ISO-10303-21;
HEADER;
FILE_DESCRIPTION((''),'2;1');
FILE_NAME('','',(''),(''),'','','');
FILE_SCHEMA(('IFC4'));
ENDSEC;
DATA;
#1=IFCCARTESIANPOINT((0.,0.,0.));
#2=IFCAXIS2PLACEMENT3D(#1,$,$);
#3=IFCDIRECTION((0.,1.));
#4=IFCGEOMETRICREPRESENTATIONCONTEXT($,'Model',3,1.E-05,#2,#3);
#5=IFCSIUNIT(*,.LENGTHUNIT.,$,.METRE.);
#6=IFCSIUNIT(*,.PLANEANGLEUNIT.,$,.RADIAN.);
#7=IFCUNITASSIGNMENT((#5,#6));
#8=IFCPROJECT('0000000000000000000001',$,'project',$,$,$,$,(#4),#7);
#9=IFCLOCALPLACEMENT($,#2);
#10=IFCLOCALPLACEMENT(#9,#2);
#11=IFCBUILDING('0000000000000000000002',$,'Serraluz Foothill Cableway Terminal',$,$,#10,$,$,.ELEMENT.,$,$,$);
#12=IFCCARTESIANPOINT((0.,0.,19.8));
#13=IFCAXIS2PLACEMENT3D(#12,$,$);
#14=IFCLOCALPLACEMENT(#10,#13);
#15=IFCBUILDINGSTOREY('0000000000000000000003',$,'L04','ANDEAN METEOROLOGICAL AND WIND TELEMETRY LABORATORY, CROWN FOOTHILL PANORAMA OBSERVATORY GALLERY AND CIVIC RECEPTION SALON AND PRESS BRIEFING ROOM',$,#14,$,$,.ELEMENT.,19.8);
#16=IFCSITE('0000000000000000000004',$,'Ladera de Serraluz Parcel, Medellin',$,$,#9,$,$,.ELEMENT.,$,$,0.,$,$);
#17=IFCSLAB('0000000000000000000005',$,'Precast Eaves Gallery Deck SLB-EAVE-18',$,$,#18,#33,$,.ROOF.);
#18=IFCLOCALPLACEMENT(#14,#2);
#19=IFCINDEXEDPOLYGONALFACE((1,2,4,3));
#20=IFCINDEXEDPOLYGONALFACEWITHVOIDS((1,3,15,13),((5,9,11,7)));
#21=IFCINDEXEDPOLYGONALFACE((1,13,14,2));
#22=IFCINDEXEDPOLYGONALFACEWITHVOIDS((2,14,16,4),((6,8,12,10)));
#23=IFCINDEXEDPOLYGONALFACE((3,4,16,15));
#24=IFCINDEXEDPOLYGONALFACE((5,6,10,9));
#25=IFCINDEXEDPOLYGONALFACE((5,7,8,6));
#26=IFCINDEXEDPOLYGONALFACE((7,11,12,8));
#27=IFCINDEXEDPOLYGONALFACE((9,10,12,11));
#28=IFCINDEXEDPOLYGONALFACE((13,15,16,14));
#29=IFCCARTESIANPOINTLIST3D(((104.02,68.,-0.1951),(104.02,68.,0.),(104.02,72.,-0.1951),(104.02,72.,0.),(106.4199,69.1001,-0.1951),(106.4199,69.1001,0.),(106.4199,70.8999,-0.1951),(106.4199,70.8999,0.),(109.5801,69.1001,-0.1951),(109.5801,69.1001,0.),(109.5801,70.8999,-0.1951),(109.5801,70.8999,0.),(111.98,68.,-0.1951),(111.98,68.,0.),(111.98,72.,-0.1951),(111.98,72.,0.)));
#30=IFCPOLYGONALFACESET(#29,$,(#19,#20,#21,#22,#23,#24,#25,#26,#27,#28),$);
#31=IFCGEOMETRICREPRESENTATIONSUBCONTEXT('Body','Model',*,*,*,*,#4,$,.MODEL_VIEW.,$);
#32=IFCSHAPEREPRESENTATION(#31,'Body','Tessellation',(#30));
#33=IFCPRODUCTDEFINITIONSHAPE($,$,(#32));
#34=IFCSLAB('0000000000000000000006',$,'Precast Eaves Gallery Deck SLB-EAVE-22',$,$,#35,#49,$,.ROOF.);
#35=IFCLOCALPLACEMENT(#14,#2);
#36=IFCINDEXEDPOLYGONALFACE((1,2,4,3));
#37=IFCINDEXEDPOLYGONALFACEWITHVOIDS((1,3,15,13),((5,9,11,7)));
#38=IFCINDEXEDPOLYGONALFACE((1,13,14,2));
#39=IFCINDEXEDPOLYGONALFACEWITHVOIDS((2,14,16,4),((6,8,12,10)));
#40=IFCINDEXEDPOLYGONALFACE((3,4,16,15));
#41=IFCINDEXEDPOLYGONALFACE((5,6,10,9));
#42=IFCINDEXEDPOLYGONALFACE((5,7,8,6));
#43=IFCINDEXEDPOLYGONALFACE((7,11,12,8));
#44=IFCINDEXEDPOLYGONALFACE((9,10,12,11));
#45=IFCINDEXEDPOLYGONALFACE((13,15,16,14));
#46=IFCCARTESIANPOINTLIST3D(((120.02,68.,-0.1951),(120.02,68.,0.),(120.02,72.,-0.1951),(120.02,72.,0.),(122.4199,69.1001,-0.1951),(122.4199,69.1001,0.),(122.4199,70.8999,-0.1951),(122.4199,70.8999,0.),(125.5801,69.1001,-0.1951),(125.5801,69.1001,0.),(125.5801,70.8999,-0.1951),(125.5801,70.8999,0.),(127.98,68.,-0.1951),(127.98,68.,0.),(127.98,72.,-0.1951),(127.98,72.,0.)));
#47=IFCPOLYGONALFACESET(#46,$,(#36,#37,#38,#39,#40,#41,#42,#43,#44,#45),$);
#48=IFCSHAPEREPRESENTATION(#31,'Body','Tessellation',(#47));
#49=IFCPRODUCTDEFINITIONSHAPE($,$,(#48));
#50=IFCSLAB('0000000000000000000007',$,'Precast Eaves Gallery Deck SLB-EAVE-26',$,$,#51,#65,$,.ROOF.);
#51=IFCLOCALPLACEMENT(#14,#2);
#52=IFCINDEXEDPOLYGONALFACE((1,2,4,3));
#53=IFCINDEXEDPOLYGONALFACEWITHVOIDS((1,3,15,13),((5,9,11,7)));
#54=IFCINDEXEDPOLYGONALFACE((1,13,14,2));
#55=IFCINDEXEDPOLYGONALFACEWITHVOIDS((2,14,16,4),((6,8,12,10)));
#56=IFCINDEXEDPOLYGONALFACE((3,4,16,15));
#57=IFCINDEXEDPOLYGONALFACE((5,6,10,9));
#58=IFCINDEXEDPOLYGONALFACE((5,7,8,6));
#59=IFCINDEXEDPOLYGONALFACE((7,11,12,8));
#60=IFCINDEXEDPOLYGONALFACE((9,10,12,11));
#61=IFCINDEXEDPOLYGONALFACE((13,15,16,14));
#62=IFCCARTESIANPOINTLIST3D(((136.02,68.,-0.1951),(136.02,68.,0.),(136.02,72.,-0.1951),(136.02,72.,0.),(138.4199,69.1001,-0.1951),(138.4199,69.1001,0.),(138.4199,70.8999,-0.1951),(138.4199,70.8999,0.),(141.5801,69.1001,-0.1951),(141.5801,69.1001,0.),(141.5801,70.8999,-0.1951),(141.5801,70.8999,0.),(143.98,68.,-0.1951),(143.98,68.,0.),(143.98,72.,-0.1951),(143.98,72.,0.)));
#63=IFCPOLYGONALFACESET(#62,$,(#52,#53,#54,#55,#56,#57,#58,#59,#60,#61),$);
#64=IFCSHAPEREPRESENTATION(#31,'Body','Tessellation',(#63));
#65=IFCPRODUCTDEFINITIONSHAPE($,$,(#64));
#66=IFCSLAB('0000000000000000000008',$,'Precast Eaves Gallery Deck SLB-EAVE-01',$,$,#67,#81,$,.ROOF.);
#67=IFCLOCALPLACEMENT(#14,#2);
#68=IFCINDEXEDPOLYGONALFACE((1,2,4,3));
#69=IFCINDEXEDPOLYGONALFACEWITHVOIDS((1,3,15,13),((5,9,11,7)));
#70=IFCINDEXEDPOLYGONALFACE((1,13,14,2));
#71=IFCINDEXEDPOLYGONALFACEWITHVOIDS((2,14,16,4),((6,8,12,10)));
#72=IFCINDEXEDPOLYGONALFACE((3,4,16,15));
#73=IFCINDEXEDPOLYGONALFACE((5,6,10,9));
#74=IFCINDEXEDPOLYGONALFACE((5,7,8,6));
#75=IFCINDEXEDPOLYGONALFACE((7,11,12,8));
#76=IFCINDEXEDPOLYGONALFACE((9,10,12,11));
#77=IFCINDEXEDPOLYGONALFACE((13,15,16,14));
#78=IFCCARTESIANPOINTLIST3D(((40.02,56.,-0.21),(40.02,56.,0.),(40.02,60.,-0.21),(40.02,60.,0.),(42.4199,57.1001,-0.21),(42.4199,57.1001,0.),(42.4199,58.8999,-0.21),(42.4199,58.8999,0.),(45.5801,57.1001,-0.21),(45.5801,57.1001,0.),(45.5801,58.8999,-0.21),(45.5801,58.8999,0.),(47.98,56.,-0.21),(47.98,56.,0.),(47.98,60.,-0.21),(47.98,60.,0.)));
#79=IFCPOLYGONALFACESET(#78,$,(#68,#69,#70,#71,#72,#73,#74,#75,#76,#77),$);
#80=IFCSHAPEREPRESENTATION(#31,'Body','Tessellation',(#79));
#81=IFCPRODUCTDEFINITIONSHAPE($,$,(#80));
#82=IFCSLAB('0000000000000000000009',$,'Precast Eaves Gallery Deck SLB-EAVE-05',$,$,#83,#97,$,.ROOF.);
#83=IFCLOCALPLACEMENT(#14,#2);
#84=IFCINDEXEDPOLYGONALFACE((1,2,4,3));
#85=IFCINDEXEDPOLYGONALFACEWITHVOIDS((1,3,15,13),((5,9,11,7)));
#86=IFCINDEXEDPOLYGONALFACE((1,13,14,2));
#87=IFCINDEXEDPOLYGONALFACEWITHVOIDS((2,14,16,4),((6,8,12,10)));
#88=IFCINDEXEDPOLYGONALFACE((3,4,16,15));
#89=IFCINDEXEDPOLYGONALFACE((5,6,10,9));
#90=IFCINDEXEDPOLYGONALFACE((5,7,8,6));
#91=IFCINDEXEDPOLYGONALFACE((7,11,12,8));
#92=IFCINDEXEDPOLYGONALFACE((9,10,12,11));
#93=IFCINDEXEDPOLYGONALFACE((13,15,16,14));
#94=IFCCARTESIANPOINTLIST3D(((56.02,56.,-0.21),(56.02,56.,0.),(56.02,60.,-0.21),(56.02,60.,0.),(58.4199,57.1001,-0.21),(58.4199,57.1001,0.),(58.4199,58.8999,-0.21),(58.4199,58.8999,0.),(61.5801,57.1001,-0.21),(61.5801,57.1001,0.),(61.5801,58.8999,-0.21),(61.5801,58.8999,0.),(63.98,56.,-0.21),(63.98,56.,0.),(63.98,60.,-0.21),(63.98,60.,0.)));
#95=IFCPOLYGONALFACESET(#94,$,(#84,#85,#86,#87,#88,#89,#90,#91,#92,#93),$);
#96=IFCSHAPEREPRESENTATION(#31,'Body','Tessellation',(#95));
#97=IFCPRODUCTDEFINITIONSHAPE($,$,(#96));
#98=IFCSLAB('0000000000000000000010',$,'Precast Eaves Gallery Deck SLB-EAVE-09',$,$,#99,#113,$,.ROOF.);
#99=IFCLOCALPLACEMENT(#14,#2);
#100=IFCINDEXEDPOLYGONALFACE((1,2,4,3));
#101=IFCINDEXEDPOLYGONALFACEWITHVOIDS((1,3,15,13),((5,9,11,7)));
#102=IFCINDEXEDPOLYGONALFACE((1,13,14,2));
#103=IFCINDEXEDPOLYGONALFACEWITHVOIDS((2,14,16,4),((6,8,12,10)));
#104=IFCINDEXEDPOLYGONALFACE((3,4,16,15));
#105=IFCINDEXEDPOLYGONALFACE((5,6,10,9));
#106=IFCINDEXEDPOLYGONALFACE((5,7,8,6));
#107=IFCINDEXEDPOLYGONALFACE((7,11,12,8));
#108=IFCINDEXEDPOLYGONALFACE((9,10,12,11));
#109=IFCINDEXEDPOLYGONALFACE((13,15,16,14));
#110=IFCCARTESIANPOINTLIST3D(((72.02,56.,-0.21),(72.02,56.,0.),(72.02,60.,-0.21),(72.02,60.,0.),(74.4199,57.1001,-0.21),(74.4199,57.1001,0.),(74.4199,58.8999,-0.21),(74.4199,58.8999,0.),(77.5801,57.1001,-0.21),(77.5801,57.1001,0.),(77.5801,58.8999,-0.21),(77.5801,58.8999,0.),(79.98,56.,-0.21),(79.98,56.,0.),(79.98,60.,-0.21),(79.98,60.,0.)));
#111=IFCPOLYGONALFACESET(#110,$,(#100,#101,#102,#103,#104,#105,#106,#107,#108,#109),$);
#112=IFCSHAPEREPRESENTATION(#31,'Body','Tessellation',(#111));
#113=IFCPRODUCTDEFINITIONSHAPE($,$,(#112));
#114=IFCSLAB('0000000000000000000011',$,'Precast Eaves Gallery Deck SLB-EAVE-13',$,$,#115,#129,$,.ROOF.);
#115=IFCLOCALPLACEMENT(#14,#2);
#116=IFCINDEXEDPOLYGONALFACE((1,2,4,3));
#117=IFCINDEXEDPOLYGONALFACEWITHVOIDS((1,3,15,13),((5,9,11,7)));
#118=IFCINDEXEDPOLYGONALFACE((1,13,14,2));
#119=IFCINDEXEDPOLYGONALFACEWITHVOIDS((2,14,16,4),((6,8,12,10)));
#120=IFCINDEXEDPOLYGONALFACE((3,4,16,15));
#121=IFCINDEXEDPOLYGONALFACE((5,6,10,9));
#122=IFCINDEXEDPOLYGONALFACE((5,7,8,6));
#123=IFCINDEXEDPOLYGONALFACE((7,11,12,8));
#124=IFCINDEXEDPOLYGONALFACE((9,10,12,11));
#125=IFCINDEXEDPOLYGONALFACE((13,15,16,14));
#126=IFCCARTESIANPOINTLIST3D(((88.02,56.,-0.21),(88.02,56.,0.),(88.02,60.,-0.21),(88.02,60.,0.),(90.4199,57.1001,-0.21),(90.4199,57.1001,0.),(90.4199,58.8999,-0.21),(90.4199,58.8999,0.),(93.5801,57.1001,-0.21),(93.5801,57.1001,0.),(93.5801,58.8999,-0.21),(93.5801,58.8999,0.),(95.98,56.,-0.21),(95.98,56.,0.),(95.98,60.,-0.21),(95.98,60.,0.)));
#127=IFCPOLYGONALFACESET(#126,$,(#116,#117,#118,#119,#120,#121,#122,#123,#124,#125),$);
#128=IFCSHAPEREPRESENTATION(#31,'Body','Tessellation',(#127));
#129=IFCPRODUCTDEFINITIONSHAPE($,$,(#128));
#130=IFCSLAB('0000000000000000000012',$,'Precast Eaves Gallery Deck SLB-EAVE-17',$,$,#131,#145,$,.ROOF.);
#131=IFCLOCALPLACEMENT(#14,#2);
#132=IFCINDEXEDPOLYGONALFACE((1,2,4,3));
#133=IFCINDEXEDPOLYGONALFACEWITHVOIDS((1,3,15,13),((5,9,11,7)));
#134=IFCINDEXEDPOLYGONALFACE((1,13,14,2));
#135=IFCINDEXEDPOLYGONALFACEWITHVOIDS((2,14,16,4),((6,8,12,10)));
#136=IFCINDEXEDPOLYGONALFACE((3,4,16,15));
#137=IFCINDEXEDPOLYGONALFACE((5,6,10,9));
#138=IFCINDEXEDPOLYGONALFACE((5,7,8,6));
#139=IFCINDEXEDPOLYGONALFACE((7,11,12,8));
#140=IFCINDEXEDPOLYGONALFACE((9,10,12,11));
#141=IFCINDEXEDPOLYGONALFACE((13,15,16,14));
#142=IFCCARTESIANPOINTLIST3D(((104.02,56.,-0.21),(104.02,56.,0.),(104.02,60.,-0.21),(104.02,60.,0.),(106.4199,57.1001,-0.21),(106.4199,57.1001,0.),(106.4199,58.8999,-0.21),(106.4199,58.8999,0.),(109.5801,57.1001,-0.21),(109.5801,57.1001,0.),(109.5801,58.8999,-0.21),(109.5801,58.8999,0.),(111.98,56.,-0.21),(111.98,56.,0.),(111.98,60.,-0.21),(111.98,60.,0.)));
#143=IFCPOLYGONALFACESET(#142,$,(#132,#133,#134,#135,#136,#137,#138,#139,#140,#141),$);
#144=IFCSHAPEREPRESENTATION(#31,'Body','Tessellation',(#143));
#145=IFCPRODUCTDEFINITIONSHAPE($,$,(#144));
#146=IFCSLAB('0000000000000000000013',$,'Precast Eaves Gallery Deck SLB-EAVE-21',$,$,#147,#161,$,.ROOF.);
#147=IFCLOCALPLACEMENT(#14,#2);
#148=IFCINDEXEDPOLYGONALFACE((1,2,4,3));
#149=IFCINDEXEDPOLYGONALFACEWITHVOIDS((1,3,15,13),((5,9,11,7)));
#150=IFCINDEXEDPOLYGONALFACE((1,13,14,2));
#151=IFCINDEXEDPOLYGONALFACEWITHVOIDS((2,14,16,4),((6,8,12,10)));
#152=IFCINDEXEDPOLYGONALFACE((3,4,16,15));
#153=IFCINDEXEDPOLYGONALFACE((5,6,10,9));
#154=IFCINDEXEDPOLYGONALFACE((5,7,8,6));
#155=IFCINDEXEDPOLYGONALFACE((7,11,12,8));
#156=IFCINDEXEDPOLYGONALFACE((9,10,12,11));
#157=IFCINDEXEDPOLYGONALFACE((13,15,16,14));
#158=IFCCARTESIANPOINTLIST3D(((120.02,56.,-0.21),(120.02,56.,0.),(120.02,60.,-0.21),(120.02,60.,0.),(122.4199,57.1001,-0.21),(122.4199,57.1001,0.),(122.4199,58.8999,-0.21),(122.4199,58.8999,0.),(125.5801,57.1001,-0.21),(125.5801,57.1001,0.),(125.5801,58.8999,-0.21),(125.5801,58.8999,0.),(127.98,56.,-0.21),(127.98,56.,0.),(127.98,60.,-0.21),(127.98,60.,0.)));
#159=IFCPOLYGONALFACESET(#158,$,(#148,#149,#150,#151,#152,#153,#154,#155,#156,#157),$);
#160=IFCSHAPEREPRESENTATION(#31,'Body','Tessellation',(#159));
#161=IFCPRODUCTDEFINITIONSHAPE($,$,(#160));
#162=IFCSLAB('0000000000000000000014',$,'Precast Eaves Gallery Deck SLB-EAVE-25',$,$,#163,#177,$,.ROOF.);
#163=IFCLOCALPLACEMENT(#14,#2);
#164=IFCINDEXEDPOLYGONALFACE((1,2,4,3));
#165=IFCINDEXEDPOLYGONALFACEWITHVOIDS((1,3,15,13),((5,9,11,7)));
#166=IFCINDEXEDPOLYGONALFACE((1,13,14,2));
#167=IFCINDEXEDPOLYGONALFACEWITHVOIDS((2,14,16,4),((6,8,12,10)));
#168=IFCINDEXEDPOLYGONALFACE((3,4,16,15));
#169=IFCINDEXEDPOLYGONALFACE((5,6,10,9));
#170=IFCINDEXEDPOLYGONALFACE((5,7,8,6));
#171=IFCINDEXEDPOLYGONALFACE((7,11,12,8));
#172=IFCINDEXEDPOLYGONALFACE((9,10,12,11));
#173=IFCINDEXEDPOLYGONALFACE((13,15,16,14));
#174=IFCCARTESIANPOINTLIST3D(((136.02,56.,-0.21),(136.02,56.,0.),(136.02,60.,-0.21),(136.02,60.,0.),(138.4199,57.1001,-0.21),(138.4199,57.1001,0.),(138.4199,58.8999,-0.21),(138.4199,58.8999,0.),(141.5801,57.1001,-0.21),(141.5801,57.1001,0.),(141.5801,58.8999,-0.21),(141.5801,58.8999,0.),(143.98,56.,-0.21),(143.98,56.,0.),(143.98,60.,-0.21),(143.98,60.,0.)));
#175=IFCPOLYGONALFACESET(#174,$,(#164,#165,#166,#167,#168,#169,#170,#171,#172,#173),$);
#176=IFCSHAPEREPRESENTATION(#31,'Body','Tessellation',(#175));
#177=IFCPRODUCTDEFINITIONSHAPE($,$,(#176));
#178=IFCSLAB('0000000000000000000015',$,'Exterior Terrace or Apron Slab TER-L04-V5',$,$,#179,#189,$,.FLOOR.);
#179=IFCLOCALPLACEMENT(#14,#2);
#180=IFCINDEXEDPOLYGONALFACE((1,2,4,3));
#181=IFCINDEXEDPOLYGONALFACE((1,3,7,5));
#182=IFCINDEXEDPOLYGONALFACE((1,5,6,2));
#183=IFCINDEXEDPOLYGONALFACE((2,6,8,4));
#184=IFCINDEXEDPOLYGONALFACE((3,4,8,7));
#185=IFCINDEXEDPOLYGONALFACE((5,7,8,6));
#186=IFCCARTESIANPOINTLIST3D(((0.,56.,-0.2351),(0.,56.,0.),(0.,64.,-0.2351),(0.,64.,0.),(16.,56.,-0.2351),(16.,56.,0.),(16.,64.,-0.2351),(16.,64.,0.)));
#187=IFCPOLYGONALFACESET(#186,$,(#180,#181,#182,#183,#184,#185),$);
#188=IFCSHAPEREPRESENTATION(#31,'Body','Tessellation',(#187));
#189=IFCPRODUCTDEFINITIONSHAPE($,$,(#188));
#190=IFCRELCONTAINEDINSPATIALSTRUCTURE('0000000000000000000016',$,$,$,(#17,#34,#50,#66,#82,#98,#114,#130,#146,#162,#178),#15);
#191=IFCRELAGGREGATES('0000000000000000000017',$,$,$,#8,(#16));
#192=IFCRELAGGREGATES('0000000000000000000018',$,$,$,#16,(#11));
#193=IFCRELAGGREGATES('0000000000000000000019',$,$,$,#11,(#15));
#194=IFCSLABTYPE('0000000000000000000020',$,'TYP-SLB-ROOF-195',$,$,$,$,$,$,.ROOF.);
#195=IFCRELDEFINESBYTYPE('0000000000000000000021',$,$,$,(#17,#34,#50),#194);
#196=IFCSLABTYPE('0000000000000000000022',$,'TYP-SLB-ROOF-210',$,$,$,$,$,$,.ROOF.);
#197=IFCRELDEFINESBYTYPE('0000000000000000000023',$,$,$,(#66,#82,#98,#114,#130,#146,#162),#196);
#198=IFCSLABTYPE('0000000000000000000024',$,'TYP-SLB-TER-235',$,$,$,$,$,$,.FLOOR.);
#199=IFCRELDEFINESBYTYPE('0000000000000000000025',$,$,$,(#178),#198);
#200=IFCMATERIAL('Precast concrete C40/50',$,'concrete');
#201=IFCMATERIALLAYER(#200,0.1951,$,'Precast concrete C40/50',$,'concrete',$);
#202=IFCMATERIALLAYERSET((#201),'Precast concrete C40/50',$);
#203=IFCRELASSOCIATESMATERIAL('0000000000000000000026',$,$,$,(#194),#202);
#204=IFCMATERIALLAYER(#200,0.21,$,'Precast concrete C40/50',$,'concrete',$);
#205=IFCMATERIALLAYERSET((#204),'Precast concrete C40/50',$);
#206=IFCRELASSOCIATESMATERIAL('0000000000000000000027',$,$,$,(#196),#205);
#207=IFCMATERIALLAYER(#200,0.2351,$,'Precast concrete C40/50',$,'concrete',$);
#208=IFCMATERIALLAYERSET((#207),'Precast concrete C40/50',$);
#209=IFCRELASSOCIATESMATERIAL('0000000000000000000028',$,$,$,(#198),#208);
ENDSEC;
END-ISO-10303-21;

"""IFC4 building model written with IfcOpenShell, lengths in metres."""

from ifc_helpers import new_model, si_unit, direction, frame, origin, place, context, subcontext, project, spatial, polyline, outline, extrude, material, layer, layer_set, type_object, element, save


model = new_model("IFC4")

# Units and contexts
model_context = context("Model", 3, precision=1e-05, world=origin(), true_north=direction((0.0, 1.0)))
body_context = subcontext(model_context, "Body", "Model", "MODEL_VIEW")
ifc_project = project(units=[si_unit("LENGTHUNIT", "METRE"), si_unit("PLANEANGLEUNIT", "RADIAN")], contexts=[model_context])

# Site, building, storey
site_placement = place(None, origin())
site = spatial("IfcSite", under=ifc_project, at=site_placement, Name="Ladera de Serraluz Parcel, Medellin", CompositionType="ELEMENT", RefElevation=0.0)
building_placement = place(site_placement, origin())
building = spatial("IfcBuilding", under=site, at=building_placement, Name="Serraluz Foothill Cableway Terminal", CompositionType="ELEMENT")
storey_placement = place(building_placement, frame((0.0, 0.0, 19.8)))
storey = spatial("IfcBuildingStorey", under=building, at=storey_placement, Name="L04", Description="ANDEAN METEOROLOGICAL AND WIND TELEMETRY LABORATORY, CROWN FOOTHILL PANORAMA OBSERVATORY GALLERY AND CIVIC RECEPTION SALON AND PRESS BRIEFING ROOM", CompositionType="ELEMENT", Elevation=19.8)

# Slabs
ifc_material_1 = material(Name="Precast concrete C40/50", Category="concrete")
ifc_layer_1 = layer(ifc_material_1, 0.1951, Name="Precast concrete C40/50", Category="concrete")
ifc_layer_set_1 = layer_set([ifc_layer_1], Name="Precast concrete C40/50")
slab_type_1 = type_object("IfcSlabType", Name="TYP-SLB-ROOF-195", PredefinedType="ROOF", material=ifc_layer_set_1)
slab_1_placement = place(storey_placement, frame((0.0, 0.0, -0.1951)))
element("IfcSlab", 1, at=slab_1_placement, inside=storey, type_object=slab_type_1, Name="Precast Eaves Gallery Deck SLB-EAVE-18", PredefinedType="ROOF", context=body_context, shape_type="SweptSolid", body=[
    extrude(outline(polyline([(104.02, 68.0), (111.98, 68.0), (111.98, 72.0), (104.02, 72.0), (104.02, 68.0)]), holes=[polyline([(106.4199, 69.1001), (109.5801, 69.1001), (109.5801, 70.8999), (106.4199, 70.8999), (106.4199, 69.1001)])]), origin(), (0.0, 0.0, 1.0), 0.1951),
])
slab_2_placement = place(storey_placement, frame((0.0, 0.0, -0.1951)))
element("IfcSlab", 2, at=slab_2_placement, inside=storey, type_object=slab_type_1, Name="Precast Eaves Gallery Deck SLB-EAVE-22", PredefinedType="ROOF", context=body_context, shape_type="SweptSolid", body=[
    extrude(outline(polyline([(120.02, 68.0), (127.98, 68.0), (127.98, 72.0), (120.02, 72.0), (120.02, 68.0)]), holes=[polyline([(122.4199, 69.1001), (125.5801, 69.1001), (125.5801, 70.8999), (122.4199, 70.8999), (122.4199, 69.1001)])]), origin(), (0.0, 0.0, 1.0), 0.1951),
])
slab_3_placement = place(storey_placement, frame((0.0, 0.0, -0.1951)))
element("IfcSlab", 3, at=slab_3_placement, inside=storey, type_object=slab_type_1, Name="Precast Eaves Gallery Deck SLB-EAVE-26", PredefinedType="ROOF", context=body_context, shape_type="SweptSolid", body=[
    extrude(outline(polyline([(136.02, 68.0), (143.98, 68.0), (143.98, 72.0), (136.02, 72.0), (136.02, 68.0)]), holes=[polyline([(138.4199, 69.1001), (141.5801, 69.1001), (141.5801, 70.8999), (138.4199, 70.8999), (138.4199, 69.1001)])]), origin(), (0.0, 0.0, 1.0), 0.1951),
])
ifc_layer_2 = layer(ifc_material_1, 0.21, Name="Precast concrete C40/50", Category="concrete")
ifc_layer_set_2 = layer_set([ifc_layer_2], Name="Precast concrete C40/50")
slab_type_2 = type_object("IfcSlabType", Name="TYP-SLB-ROOF-210", PredefinedType="ROOF", material=ifc_layer_set_2)
slab_4_placement = place(storey_placement, frame((0.0, 0.0, -0.21)))
element("IfcSlab", 4, at=slab_4_placement, inside=storey, type_object=slab_type_2, Name="Precast Eaves Gallery Deck SLB-EAVE-01", PredefinedType="ROOF", context=body_context, shape_type="SweptSolid", body=[
    extrude(outline(polyline([(40.02, 56.0), (47.98, 56.0), (47.98, 60.0), (40.02, 60.0), (40.02, 56.0)]), holes=[polyline([(42.4199, 57.1001), (45.5801, 57.1001), (45.5801, 58.8999), (42.4199, 58.8999), (42.4199, 57.1001)])]), origin(), (0.0, 0.0, 1.0), 0.21),
])
slab_5_placement = place(storey_placement, frame((0.0, 0.0, -0.21)))
element("IfcSlab", 5, at=slab_5_placement, inside=storey, type_object=slab_type_2, Name="Precast Eaves Gallery Deck SLB-EAVE-05", PredefinedType="ROOF", context=body_context, shape_type="SweptSolid", body=[
    extrude(outline(polyline([(56.02, 56.0), (63.98, 56.0), (63.98, 60.0), (56.02, 60.0), (56.02, 56.0)]), holes=[polyline([(58.4199, 57.1001), (61.5801, 57.1001), (61.5801, 58.8999), (58.4199, 58.8999), (58.4199, 57.1001)])]), origin(), (0.0, 0.0, 1.0), 0.21),
])
slab_6_placement = place(storey_placement, frame((0.0, 0.0, -0.21)))
element("IfcSlab", 6, at=slab_6_placement, inside=storey, type_object=slab_type_2, Name="Precast Eaves Gallery Deck SLB-EAVE-09", PredefinedType="ROOF", context=body_context, shape_type="SweptSolid", body=[
    extrude(outline(polyline([(72.02, 56.0), (79.98, 56.0), (79.98, 60.0), (72.02, 60.0), (72.02, 56.0)]), holes=[polyline([(74.4199, 57.1001), (77.5801, 57.1001), (77.5801, 58.8999), (74.4199, 58.8999), (74.4199, 57.1001)])]), origin(), (0.0, 0.0, 1.0), 0.21),
])
slab_7_placement = place(storey_placement, frame((0.0, 0.0, -0.21)))
element("IfcSlab", 7, at=slab_7_placement, inside=storey, type_object=slab_type_2, Name="Precast Eaves Gallery Deck SLB-EAVE-13", PredefinedType="ROOF", context=body_context, shape_type="SweptSolid", body=[
    extrude(outline(polyline([(88.02, 56.0), (95.98, 56.0), (95.98, 60.0), (88.02, 60.0), (88.02, 56.0)]), holes=[polyline([(90.4199, 57.1001), (93.5801, 57.1001), (93.5801, 58.8999), (90.4199, 58.8999), (90.4199, 57.1001)])]), origin(), (0.0, 0.0, 1.0), 0.21),
])
slab_8_placement = place(storey_placement, frame((0.0, 0.0, -0.21)))
element("IfcSlab", 8, at=slab_8_placement, inside=storey, type_object=slab_type_2, Name="Precast Eaves Gallery Deck SLB-EAVE-17", PredefinedType="ROOF", context=body_context, shape_type="SweptSolid", body=[
    extrude(outline(polyline([(104.02, 56.0), (111.98, 56.0), (111.98, 60.0), (104.02, 60.0), (104.02, 56.0)]), holes=[polyline([(106.4199, 57.1001), (109.5801, 57.1001), (109.5801, 58.8999), (106.4199, 58.8999), (106.4199, 57.1001)])]), origin(), (0.0, 0.0, 1.0), 0.21),
])
slab_9_placement = place(storey_placement, frame((0.0, 0.0, -0.21)))
element("IfcSlab", 9, at=slab_9_placement, inside=storey, type_object=slab_type_2, Name="Precast Eaves Gallery Deck SLB-EAVE-21", PredefinedType="ROOF", context=body_context, shape_type="SweptSolid", body=[
    extrude(outline(polyline([(120.02, 56.0), (127.98, 56.0), (127.98, 60.0), (120.02, 60.0), (120.02, 56.0)]), holes=[polyline([(122.4199, 57.1001), (125.5801, 57.1001), (125.5801, 58.8999), (122.4199, 58.8999), (122.4199, 57.1001)])]), origin(), (0.0, 0.0, 1.0), 0.21),
])
slab_10_placement = place(storey_placement, frame((0.0, 0.0, -0.21)))
element("IfcSlab", 10, at=slab_10_placement, inside=storey, type_object=slab_type_2, Name="Precast Eaves Gallery Deck SLB-EAVE-25", PredefinedType="ROOF", context=body_context, shape_type="SweptSolid", body=[
    extrude(outline(polyline([(136.02, 56.0), (143.98, 56.0), (143.98, 60.0), (136.02, 60.0), (136.02, 56.0)]), holes=[polyline([(138.4199, 57.1001), (141.5801, 57.1001), (141.5801, 58.8999), (138.4199, 58.8999), (138.4199, 57.1001)])]), origin(), (0.0, 0.0, 1.0), 0.21),
])
ifc_layer_3 = layer(ifc_material_1, 0.2351, Name="Precast concrete C40/50", Category="concrete")
ifc_layer_set_3 = layer_set([ifc_layer_3], Name="Precast concrete C40/50")
slab_type_3 = type_object("IfcSlabType", Name="TYP-SLB-TER-235", PredefinedType="FLOOR", material=ifc_layer_set_3)
slab_11_placement = place(storey_placement, frame((0.0, 0.0, -0.2351)))
element("IfcSlab", 11, at=slab_11_placement, inside=storey, type_object=slab_type_3, Name="Exterior Terrace or Apron Slab TER-L04-V5", PredefinedType="FLOOR", context=body_context, shape_type="SweptSolid", body=[
    extrude(outline(polyline([(0.0, 56.0), (16.0, 56.0), (16.0, 64.0), (0.0, 64.0), (0.0, 56.0)])), origin(), (0.0, 0.0, 1.0), 0.2351),
])

save(model, "model.ifc")
